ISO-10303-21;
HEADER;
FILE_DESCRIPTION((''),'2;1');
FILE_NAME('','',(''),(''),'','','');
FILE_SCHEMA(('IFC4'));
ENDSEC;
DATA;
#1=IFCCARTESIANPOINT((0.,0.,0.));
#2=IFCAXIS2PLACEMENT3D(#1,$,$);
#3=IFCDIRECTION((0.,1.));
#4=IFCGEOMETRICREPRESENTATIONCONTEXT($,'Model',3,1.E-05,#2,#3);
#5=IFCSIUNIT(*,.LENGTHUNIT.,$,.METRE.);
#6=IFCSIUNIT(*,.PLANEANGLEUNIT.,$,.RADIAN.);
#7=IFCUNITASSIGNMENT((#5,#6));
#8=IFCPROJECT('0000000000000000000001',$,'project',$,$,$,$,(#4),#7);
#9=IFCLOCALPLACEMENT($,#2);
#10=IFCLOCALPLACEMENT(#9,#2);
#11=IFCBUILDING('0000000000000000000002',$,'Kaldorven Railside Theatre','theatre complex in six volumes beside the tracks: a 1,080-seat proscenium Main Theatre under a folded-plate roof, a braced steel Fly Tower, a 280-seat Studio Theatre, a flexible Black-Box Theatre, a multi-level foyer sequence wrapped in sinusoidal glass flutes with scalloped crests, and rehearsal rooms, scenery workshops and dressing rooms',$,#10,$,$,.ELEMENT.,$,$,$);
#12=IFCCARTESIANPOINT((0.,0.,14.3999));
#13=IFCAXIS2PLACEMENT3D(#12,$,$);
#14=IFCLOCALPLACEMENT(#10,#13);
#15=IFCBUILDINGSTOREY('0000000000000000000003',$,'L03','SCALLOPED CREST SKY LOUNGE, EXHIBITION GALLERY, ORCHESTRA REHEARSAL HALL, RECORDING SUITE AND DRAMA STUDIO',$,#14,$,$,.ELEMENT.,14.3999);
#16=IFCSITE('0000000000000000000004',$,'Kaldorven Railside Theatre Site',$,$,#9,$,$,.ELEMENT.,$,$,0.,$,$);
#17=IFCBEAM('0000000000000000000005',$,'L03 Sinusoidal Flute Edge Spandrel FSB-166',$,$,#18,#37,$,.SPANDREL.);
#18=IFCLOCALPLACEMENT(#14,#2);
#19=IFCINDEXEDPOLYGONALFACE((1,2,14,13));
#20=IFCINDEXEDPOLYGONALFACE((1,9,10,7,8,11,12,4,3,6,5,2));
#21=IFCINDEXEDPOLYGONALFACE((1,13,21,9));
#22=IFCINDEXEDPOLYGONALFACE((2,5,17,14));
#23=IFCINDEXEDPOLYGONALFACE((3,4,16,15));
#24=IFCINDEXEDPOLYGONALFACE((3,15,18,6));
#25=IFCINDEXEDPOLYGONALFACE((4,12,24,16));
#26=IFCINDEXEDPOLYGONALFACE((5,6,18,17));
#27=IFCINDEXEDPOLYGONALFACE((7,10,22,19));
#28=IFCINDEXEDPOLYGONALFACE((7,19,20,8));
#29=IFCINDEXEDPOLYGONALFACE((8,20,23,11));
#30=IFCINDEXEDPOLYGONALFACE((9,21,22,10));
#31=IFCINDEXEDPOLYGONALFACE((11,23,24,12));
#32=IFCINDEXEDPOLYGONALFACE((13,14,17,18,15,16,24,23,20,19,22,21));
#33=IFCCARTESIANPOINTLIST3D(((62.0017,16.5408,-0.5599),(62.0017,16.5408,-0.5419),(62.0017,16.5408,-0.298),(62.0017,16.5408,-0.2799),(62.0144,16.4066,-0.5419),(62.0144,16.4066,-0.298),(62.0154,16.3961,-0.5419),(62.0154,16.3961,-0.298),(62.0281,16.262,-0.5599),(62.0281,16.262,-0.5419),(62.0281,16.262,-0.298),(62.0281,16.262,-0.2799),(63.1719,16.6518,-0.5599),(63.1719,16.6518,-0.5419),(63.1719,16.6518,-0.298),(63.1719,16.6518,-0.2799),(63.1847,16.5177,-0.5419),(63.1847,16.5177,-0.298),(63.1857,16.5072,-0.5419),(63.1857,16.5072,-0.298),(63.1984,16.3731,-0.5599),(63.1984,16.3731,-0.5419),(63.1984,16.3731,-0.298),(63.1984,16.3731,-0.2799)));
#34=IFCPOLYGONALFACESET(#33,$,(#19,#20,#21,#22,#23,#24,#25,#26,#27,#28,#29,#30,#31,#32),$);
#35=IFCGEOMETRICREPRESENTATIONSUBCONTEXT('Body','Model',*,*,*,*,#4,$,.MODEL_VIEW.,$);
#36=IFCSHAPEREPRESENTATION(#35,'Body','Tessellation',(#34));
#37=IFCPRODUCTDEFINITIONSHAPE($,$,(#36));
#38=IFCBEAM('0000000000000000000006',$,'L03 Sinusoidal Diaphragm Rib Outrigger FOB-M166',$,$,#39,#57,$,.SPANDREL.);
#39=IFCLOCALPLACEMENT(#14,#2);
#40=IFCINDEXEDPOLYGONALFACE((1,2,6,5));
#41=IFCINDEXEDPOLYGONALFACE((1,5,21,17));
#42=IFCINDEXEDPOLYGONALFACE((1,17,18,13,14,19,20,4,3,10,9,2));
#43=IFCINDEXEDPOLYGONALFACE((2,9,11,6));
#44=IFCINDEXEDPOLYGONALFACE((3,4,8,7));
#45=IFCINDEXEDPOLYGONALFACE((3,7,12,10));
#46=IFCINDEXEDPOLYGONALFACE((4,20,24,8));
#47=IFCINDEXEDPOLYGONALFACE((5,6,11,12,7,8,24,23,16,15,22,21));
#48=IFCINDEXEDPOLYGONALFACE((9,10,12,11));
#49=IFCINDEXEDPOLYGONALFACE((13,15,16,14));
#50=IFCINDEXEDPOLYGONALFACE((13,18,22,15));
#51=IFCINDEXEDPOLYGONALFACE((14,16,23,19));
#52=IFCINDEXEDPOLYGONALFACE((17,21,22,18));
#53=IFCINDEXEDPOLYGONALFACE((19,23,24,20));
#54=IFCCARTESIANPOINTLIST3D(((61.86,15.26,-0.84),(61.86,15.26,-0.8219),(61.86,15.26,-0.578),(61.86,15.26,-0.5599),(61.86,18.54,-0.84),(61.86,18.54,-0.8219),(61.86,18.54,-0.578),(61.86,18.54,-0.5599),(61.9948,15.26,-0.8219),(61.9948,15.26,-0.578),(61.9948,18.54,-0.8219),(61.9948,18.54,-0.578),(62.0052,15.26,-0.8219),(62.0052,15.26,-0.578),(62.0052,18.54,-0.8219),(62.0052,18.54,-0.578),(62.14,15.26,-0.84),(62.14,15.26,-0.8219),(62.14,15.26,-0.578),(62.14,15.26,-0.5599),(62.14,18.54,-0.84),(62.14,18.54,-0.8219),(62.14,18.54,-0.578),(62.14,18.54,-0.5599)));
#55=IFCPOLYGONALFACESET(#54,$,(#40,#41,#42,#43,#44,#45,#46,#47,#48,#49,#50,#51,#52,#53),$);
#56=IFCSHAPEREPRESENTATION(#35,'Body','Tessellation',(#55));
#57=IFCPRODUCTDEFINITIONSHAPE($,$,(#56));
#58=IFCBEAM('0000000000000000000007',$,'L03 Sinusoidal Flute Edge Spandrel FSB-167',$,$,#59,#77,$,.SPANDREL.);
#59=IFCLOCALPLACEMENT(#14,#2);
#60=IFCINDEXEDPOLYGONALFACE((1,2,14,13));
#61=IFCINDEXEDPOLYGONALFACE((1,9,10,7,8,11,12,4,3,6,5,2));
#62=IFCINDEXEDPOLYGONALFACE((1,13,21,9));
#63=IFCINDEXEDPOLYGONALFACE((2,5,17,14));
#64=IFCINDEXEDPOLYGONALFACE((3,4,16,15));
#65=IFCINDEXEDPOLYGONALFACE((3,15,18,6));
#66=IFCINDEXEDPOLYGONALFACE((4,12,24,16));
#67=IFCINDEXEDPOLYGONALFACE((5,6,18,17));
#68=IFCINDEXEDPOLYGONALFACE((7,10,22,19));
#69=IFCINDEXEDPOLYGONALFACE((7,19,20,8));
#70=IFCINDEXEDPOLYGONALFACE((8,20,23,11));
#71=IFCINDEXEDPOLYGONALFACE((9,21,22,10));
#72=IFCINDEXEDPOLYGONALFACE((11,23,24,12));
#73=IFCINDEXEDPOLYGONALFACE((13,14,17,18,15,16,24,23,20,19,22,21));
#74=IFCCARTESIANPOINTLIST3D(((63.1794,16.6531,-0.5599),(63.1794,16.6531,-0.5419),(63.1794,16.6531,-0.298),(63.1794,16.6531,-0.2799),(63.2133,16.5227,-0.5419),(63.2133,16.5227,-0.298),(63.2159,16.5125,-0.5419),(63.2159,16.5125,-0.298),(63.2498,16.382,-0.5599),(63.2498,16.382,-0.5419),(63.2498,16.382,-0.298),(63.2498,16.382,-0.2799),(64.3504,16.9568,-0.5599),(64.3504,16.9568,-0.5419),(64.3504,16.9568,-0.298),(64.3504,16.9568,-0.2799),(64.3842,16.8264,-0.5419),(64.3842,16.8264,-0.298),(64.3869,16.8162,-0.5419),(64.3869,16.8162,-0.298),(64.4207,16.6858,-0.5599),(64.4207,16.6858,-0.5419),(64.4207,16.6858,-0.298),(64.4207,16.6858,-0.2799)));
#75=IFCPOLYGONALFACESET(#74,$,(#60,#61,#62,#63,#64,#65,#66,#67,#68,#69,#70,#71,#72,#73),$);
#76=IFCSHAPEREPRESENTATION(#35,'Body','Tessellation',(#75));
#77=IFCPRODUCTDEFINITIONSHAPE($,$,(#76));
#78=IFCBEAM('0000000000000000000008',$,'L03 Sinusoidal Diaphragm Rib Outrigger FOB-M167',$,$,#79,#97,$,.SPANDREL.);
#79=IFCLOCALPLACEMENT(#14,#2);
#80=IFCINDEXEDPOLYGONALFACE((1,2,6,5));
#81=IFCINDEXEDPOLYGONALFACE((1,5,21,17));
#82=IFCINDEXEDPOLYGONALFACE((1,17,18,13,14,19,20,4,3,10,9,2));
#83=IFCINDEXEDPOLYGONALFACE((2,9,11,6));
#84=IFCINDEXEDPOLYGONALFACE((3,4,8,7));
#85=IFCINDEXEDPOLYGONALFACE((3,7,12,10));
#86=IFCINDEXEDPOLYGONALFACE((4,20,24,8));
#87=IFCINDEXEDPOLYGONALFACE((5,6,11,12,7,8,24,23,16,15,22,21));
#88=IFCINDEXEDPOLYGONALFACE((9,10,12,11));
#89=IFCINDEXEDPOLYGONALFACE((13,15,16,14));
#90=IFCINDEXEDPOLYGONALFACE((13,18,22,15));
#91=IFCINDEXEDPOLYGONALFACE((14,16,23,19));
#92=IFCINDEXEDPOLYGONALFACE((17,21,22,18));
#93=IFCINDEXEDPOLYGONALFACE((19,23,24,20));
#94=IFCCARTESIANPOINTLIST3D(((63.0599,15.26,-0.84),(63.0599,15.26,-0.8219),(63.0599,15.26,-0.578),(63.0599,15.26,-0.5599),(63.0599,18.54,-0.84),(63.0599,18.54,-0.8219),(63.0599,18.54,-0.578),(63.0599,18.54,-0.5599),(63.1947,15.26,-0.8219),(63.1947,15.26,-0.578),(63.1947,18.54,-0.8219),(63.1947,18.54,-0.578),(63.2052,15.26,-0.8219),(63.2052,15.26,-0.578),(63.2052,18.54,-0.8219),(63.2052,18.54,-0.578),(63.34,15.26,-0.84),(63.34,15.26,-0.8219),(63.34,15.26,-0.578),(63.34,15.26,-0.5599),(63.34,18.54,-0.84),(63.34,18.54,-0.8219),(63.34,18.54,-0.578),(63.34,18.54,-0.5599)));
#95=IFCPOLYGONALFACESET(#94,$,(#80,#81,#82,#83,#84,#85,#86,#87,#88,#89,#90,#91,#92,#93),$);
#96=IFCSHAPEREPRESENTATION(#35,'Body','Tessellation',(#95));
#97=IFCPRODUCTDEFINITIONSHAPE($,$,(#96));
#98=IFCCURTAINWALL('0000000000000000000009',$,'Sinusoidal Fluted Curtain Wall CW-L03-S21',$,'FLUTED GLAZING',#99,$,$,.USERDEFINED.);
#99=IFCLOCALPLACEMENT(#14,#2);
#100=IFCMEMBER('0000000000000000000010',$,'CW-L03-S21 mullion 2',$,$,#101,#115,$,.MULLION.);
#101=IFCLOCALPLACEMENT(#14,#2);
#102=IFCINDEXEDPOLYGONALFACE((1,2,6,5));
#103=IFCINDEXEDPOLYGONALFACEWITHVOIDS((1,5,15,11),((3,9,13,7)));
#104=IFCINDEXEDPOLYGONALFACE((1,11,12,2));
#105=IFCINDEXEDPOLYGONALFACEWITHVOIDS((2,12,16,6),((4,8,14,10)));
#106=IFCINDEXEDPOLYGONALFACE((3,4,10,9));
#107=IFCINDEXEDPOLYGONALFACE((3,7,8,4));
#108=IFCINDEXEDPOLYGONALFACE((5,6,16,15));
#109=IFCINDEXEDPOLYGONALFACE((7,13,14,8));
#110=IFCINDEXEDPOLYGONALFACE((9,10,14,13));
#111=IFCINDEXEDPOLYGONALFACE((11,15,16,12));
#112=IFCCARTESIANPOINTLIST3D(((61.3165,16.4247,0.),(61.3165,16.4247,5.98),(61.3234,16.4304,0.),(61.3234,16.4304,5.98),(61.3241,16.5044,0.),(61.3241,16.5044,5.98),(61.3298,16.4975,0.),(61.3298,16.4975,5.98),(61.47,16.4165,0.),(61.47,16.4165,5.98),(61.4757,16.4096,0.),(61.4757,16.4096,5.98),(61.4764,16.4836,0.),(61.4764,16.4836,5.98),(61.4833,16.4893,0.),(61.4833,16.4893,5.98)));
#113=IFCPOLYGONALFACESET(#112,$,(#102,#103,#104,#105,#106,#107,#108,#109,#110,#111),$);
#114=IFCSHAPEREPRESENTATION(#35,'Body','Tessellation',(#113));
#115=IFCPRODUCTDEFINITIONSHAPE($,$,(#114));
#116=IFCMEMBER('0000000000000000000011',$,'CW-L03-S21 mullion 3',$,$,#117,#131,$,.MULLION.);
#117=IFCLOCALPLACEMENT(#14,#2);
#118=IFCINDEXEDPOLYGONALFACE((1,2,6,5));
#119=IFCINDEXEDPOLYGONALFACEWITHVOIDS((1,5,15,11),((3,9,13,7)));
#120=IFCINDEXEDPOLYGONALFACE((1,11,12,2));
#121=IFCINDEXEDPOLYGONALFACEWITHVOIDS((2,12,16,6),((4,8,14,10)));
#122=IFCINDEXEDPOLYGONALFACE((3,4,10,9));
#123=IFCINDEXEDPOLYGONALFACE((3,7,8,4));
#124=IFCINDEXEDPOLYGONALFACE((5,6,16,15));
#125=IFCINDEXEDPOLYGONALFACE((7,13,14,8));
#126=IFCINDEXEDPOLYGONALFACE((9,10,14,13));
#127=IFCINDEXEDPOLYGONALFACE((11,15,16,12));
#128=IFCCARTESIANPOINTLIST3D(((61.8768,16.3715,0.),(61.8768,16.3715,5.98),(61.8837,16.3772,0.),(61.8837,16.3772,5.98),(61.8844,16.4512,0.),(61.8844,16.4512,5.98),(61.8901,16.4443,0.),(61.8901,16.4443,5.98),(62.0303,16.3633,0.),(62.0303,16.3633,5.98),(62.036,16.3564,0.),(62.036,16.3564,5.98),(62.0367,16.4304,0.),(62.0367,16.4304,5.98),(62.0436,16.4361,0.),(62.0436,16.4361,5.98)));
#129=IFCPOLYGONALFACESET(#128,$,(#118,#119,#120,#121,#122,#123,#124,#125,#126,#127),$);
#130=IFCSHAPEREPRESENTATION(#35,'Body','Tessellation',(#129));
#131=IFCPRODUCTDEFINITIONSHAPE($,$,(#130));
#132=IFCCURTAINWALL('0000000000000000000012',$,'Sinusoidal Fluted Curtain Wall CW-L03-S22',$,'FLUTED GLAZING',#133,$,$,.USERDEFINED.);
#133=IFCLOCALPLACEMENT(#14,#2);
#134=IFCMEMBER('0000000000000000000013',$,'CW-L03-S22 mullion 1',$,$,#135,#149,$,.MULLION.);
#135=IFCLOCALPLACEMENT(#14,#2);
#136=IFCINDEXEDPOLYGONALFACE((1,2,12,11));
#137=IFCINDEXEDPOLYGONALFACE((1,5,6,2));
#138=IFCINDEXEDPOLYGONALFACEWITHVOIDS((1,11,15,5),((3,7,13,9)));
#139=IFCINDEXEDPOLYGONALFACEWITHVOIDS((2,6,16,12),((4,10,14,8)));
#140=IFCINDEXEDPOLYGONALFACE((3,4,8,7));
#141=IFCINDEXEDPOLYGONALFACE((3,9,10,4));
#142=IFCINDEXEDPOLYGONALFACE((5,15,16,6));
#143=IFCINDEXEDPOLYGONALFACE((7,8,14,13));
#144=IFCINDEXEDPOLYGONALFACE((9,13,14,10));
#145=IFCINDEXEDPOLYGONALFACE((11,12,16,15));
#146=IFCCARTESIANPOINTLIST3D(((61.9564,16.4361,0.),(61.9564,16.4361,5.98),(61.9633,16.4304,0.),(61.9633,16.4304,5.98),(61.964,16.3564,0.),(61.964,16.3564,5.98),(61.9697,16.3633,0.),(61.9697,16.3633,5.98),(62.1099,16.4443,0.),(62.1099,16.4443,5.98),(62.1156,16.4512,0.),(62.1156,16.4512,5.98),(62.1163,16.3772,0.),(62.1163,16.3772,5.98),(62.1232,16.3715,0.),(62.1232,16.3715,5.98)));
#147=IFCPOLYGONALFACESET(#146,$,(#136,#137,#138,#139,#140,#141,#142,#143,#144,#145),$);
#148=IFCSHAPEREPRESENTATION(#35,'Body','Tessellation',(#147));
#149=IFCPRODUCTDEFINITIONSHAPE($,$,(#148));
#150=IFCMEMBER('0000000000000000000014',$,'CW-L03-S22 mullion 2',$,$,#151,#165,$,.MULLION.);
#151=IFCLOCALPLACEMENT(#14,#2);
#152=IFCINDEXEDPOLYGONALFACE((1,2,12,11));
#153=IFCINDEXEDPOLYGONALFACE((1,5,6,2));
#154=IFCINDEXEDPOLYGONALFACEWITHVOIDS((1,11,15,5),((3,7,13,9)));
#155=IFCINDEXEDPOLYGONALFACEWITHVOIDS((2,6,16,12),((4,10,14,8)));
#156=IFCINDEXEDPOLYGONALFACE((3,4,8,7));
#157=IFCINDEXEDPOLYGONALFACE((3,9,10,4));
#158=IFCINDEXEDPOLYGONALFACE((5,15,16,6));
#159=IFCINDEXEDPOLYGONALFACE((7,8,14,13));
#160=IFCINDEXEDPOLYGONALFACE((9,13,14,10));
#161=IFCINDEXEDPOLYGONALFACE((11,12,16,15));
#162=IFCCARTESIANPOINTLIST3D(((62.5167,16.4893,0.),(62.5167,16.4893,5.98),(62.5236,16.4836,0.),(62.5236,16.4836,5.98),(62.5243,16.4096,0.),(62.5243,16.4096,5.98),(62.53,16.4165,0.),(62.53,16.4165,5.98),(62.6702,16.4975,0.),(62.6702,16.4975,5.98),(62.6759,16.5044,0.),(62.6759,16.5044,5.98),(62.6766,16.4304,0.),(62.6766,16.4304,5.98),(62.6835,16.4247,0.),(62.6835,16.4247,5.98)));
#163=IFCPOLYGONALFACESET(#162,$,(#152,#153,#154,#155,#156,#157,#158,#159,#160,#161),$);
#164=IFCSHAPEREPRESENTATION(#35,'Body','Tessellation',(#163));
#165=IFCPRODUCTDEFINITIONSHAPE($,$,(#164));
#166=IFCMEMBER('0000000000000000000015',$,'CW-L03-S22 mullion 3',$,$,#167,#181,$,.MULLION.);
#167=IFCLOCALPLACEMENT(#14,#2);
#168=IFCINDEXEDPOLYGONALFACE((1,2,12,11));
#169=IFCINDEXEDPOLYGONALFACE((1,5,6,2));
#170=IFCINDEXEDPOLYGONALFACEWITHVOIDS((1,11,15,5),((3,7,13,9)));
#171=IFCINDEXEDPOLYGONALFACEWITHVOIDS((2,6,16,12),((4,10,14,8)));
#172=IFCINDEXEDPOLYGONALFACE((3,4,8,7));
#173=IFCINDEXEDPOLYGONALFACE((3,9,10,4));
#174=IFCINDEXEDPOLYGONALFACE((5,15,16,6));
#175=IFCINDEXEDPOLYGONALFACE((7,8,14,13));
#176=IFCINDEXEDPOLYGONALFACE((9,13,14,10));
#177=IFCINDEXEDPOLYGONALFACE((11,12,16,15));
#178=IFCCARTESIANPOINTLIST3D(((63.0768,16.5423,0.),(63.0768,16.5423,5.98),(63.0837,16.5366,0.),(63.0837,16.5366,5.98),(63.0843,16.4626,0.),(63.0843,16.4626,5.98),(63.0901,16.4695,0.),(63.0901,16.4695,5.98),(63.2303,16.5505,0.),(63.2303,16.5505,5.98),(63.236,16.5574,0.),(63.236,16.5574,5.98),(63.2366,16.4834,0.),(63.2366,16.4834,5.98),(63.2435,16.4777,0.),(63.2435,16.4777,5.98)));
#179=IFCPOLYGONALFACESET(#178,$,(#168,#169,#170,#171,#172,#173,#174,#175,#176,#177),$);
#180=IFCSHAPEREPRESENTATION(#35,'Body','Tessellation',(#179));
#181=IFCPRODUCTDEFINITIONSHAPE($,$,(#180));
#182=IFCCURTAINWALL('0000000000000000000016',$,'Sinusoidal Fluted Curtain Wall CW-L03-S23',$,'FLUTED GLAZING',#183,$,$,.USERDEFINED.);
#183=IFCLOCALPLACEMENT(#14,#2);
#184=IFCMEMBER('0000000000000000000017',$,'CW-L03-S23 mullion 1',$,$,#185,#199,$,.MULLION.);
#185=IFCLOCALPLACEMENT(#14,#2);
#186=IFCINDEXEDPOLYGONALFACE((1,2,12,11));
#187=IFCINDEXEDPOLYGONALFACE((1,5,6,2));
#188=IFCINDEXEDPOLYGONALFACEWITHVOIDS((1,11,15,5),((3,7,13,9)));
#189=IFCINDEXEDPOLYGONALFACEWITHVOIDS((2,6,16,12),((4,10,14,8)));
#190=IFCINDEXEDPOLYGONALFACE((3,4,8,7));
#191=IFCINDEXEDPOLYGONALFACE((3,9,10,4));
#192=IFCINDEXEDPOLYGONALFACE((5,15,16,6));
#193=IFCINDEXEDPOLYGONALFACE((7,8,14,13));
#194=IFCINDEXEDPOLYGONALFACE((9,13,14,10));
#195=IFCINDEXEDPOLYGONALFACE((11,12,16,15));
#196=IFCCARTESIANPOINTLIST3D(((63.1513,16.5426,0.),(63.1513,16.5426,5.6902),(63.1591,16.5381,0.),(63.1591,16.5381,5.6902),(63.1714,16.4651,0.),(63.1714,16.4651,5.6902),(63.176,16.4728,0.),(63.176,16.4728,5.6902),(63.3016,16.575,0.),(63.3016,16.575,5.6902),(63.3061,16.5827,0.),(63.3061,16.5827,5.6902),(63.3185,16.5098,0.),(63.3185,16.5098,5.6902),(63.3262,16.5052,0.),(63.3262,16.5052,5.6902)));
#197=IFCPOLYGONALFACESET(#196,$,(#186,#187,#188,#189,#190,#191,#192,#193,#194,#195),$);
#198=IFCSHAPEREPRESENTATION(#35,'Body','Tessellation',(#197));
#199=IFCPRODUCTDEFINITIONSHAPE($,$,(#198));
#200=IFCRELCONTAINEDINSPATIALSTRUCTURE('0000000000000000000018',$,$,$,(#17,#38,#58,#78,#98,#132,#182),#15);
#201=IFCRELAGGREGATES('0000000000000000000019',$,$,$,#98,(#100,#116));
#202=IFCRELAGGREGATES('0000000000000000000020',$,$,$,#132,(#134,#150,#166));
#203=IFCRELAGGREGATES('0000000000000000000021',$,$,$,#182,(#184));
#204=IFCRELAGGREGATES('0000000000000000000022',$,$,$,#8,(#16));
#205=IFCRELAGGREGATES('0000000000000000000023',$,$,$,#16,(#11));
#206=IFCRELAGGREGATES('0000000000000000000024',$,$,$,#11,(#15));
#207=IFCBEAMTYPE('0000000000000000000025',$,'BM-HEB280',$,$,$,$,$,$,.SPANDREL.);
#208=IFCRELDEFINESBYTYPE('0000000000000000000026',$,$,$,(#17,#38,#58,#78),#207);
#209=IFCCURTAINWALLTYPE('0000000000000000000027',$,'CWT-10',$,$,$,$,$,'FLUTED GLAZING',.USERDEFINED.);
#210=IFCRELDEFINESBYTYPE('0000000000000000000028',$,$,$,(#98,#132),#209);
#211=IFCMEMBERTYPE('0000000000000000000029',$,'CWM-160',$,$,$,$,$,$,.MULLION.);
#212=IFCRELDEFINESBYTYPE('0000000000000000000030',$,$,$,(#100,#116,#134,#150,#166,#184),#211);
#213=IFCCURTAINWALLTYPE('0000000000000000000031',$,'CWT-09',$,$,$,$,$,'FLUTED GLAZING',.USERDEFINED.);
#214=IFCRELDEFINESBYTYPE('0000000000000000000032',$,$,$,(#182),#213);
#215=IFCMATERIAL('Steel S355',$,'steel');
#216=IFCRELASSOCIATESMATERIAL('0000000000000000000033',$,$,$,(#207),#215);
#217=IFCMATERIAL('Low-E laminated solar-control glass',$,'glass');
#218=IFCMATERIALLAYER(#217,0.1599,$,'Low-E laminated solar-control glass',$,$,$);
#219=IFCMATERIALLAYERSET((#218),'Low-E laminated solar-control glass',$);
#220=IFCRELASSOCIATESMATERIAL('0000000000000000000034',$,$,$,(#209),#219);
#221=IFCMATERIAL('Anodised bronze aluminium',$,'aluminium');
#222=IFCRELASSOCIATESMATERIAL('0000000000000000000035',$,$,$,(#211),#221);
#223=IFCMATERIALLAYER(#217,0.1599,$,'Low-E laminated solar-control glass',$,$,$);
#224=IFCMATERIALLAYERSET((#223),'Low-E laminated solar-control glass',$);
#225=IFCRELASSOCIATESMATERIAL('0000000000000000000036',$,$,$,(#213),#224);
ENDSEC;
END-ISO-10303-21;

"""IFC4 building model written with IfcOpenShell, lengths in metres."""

from ifc_helpers import new_model, si_unit, direction, frame, origin, origin_2d, place, context, subcontext, project, spatial, hollow_rectangle, i_section, extrude, material, layer, layer_set, material_profile, profile_set, type_object, element, aggregate, save


model = new_model("IFC4")

# Units and contexts
model_context = context("Model", 3, precision=1e-05, world=origin(), true_north=direction((0.0, 1.0)))
body_context = subcontext(model_context, "Body", "Model", "MODEL_VIEW")
ifc_project = project(units=[si_unit("LENGTHUNIT", "METRE"), si_unit("PLANEANGLEUNIT", "RADIAN")], contexts=[model_context])

# Site, building, storey
site_placement = place(None, origin())
site = spatial("IfcSite", under=ifc_project, at=site_placement, Name="Kaldorven Railside Theatre Site", CompositionType="ELEMENT", RefElevation=0.0)
building_placement = place(site_placement, origin())
building = spatial("IfcBuilding", under=site, at=building_placement, Name="Kaldorven Railside Theatre", Description="theatre complex in six volumes beside the tracks: a 1,080-seat proscenium Main Theatre under a folded-plate roof, a braced steel Fly Tower, a 280-seat Studio Theatre, a flexible Black-Box Theatre, a multi-level foyer sequence wrapped in sinusoidal glass flutes with scalloped crests, and rehearsal rooms, scenery workshops and dressing rooms", CompositionType="ELEMENT")
storey_placement = place(building_placement, frame((0.0, 0.0, 14.3999)))
storey = spatial("IfcBuildingStorey", under=building, at=storey_placement, Name="L03", Description="SCALLOPED CREST SKY LOUNGE, EXHIBITION GALLERY, ORCHESTRA REHEARSAL HALL, RECORDING SUITE AND DRAMA STUDIO", CompositionType="ELEMENT", Elevation=14.3999)

# Beams
ifc_material_1 = material(Name="Steel S355", Category="steel")
ifc_material_profile_1 = material_profile(ifc_material_1, i_section(OverallWidth=0.28, OverallDepth=0.28, WebThickness=0.0105, FlangeThickness=0.0181, at=origin_2d()), Name="HEB 280")
ifc_profile_set_1 = profile_set([ifc_material_profile_1], Name="Steel S355")
beam_type = type_object("IfcBeamType", Name="BM-HEB280", PredefinedType="SPANDREL", material=ifc_profile_set_1)
beam_1_placement = place(storey_placement, frame((62.0149, 16.4014, -0.4199), z_axis=(0.995524, 0.094505, 0.0), x_axis=(-0.094505, 0.995524, 0.0)))
element("IfcBeam", 1, at=beam_1_placement, inside=storey, type_object=beam_type, Name="L03 Sinusoidal Flute Edge Spandrel FSB-166", PredefinedType="SPANDREL", context=body_context, shape_type="SweptSolid", body=[
    extrude(i_section(OverallWidth=0.28, OverallDepth=0.28, WebThickness=0.0105, FlangeThickness=0.0181, at=origin_2d()), origin(), (0.0, 0.0, 1.0), 1.1755),
])
beam_2_placement = place(storey_placement, frame((62.0, 15.26, -0.7), z_axis=(0.0, 1.0, 0.0), x_axis=(-1.0, 0.0, 0.0)))
element("IfcBeam", 2, at=beam_2_placement, inside=storey, type_object=beam_type, Name="L03 Sinusoidal Diaphragm Rib Outrigger FOB-M166", PredefinedType="SPANDREL", context=body_context, shape_type="SweptSolid", body=[
    extrude(i_section(OverallWidth=0.28, OverallDepth=0.28, WebThickness=0.0105, FlangeThickness=0.0181, at=origin_2d()), origin(), (0.0, 0.0, 1.0), 3.28),
])
beam_3_placement = place(storey_placement, frame((63.2146, 16.5176, -0.4199), z_axis=(0.967968, 0.251074, 0.0), x_axis=(-0.251074, 0.967968, 0.0)))
element("IfcBeam", 3, at=beam_3_placement, inside=storey, type_object=beam_type, Name="L03 Sinusoidal Flute Edge Spandrel FSB-167", PredefinedType="SPANDREL", context=body_context, shape_type="SweptSolid", body=[
    extrude(i_section(OverallWidth=0.28, OverallDepth=0.28, WebThickness=0.0105, FlangeThickness=0.0181, at=origin_2d()), origin(), (0.0, 0.0, 1.0), 1.2097),
])
beam_4_placement = place(storey_placement, frame((63.2, 15.26, -0.7), z_axis=(0.0, 1.0, 0.0), x_axis=(-1.0, 0.0, 0.0)))
element("IfcBeam", 4, at=beam_4_placement, inside=storey, type_object=beam_type, Name="L03 Sinusoidal Diaphragm Rib Outrigger FOB-M167", PredefinedType="SPANDREL", context=body_context, shape_type="SweptSolid", body=[
    extrude(i_section(OverallWidth=0.28, OverallDepth=0.28, WebThickness=0.0105, FlangeThickness=0.0181, at=origin_2d()), origin(), (0.0, 0.0, 1.0), 3.28),
])

# Curtain walls, members
ifc_material_2 = material(Name="Low-E laminated solar-control glass", Category="glass")
ifc_layer_1 = layer(ifc_material_2, 0.1599, Name="Low-E laminated solar-control glass")
ifc_layer_set_1 = layer_set([ifc_layer_1], Name="Low-E laminated solar-control glass")
curtain_wall_type_1 = type_object("IfcCurtainWallType", Name="CWT-10", ElementType="FLUTED GLAZING", PredefinedType="USERDEFINED", material=ifc_layer_set_1)
curtain_wall_1_placement = place(storey_placement, origin())
curtain_wall_1 = element("IfcCurtainWall", 5, at=curtain_wall_1_placement, inside=storey, type_object=curtain_wall_type_1, Name="Sinusoidal Fluted Curtain Wall CW-L03-S21", ObjectType="FLUTED GLAZING", PredefinedType="USERDEFINED")
ifc_material_3 = material(Name="Anodised bronze aluminium", Category="aluminium")
ifc_material_profile_2 = material_profile(ifc_material_3, hollow_rectangle(XDim=0.0801, YDim=0.1599, WallThickness=0.0063, at=origin_2d()), Name="RHS 160x80x6.3")
ifc_profile_set_2 = profile_set([ifc_material_profile_2], Name="Anodised bronze aluminium")
member_type_1 = type_object("IfcMemberType", Name="CWM-160", PredefinedType="MULLION", material=ifc_profile_set_2)
member_1_placement = place(storey_placement, frame((61.3999, 16.457, 0.0), z_axis=(0.0, 0.0, 1.0), x_axis=(0.094492, 0.995526, 0.0)))
member_1 = element("IfcMember", 6, at=member_1_placement, type_object=member_type_1, Name="CW-L03-S21 mullion 2", PredefinedType="MULLION", context=body_context, shape_type="SweptSolid", body=[
    extrude(hollow_rectangle(XDim=0.0801, YDim=0.1599, WallThickness=0.0063, at=origin_2d()), origin(), (0.0, 0.0, 1.0), 5.98),
])
member_2_placement = place(storey_placement, frame((61.9602, 16.4038, 0.0), z_axis=(0.0, 0.0, 1.0), x_axis=(0.094492, 0.995526, 0.0)))
member_2 = element("IfcMember", 7, at=member_2_placement, type_object=member_type_1, Name="CW-L03-S21 mullion 3", PredefinedType="MULLION", context=body_context, shape_type="SweptSolid", body=[
    extrude(hollow_rectangle(XDim=0.0801, YDim=0.1599, WallThickness=0.0063, at=origin_2d()), origin(), (0.0, 0.0, 1.0), 5.98),
])
curtain_wall_2_placement = place(storey_placement, origin())
curtain_wall_2 = element("IfcCurtainWall", 8, at=curtain_wall_2_placement, inside=storey, type_object=curtain_wall_type_1, Name="Sinusoidal Fluted Curtain Wall CW-L03-S22", ObjectType="FLUTED GLAZING", PredefinedType="USERDEFINED")
member_3_placement = place(storey_placement, frame((62.0398, 16.4038, 0.0), z_axis=(0.0, 0.0, 1.0), x_axis=(-0.094492, 0.995526, 0.0)))
member_3 = element("IfcMember", 9, at=member_3_placement, type_object=member_type_1, Name="CW-L03-S22 mullion 1", PredefinedType="MULLION", context=body_context, shape_type="SweptSolid", body=[
    extrude(hollow_rectangle(XDim=0.0801, YDim=0.1599, WallThickness=0.0063, at=origin_2d()), origin(), (0.0, 0.0, 1.0), 5.98),
])
member_4_placement = place(storey_placement, frame((62.6001, 16.457, 0.0), z_axis=(0.0, 0.0, 1.0), x_axis=(-0.094492, 0.995526, 0.0)))
member_4 = element("IfcMember", 10, at=member_4_placement, type_object=member_type_1, Name="CW-L03-S22 mullion 2", PredefinedType="MULLION", context=body_context, shape_type="SweptSolid", body=[
    extrude(hollow_rectangle(XDim=0.0801, YDim=0.1599, WallThickness=0.0063, at=origin_2d()), origin(), (0.0, 0.0, 1.0), 5.98),
])
member_5_placement = place(storey_placement, frame((63.1602, 16.51, 0.0), z_axis=(0.0, 0.0, 1.0), x_axis=(-0.094492, 0.995526, 0.0)))
member_5 = element("IfcMember", 11, at=member_5_placement, type_object=member_type_1, Name="CW-L03-S22 mullion 3", PredefinedType="MULLION", context=body_context, shape_type="SweptSolid", body=[
    extrude(hollow_rectangle(XDim=0.0801, YDim=0.1599, WallThickness=0.0063, at=origin_2d()), origin(), (0.0, 0.0, 1.0), 5.98),
])
ifc_layer_2 = layer(ifc_material_2, 0.1599, Name="Low-E laminated solar-control glass")
ifc_layer_set_2 = layer_set([ifc_layer_2], Name="Low-E laminated solar-control glass")
curtain_wall_type_2 = type_object("IfcCurtainWallType", Name="CWT-09", ElementType="FLUTED GLAZING", PredefinedType="USERDEFINED", material=ifc_layer_set_2)
curtain_wall_3_placement = place(storey_placement, origin())
curtain_wall_3 = element("IfcCurtainWall", 12, at=curtain_wall_3_placement, inside=storey, type_object=curtain_wall_type_2, Name="Sinusoidal Fluted Curtain Wall CW-L03-S23", ObjectType="FLUTED GLAZING", PredefinedType="USERDEFINED")
member_6_placement = place(storey_placement, frame((63.2388, 16.5239, 0.0), z_axis=(0.0, 0.0, 1.0), x_axis=(-0.250954, 0.967999, 0.0)))
member_6 = element("IfcMember", 13, at=member_6_placement, type_object=member_type_1, Name="CW-L03-S23 mullion 1", PredefinedType="MULLION", context=body_context, shape_type="SweptSolid", body=[
    extrude(hollow_rectangle(XDim=0.0801, YDim=0.1599, WallThickness=0.0063, at=origin_2d()), origin(), (0.0, 0.0, 1.0), 5.6902),
])

aggregate(curtain_wall_1, [member_1, member_2])
aggregate(curtain_wall_2, [member_3, member_4, member_5])
aggregate(curtain_wall_3, [member_6])

save(model, "model.ifc")
